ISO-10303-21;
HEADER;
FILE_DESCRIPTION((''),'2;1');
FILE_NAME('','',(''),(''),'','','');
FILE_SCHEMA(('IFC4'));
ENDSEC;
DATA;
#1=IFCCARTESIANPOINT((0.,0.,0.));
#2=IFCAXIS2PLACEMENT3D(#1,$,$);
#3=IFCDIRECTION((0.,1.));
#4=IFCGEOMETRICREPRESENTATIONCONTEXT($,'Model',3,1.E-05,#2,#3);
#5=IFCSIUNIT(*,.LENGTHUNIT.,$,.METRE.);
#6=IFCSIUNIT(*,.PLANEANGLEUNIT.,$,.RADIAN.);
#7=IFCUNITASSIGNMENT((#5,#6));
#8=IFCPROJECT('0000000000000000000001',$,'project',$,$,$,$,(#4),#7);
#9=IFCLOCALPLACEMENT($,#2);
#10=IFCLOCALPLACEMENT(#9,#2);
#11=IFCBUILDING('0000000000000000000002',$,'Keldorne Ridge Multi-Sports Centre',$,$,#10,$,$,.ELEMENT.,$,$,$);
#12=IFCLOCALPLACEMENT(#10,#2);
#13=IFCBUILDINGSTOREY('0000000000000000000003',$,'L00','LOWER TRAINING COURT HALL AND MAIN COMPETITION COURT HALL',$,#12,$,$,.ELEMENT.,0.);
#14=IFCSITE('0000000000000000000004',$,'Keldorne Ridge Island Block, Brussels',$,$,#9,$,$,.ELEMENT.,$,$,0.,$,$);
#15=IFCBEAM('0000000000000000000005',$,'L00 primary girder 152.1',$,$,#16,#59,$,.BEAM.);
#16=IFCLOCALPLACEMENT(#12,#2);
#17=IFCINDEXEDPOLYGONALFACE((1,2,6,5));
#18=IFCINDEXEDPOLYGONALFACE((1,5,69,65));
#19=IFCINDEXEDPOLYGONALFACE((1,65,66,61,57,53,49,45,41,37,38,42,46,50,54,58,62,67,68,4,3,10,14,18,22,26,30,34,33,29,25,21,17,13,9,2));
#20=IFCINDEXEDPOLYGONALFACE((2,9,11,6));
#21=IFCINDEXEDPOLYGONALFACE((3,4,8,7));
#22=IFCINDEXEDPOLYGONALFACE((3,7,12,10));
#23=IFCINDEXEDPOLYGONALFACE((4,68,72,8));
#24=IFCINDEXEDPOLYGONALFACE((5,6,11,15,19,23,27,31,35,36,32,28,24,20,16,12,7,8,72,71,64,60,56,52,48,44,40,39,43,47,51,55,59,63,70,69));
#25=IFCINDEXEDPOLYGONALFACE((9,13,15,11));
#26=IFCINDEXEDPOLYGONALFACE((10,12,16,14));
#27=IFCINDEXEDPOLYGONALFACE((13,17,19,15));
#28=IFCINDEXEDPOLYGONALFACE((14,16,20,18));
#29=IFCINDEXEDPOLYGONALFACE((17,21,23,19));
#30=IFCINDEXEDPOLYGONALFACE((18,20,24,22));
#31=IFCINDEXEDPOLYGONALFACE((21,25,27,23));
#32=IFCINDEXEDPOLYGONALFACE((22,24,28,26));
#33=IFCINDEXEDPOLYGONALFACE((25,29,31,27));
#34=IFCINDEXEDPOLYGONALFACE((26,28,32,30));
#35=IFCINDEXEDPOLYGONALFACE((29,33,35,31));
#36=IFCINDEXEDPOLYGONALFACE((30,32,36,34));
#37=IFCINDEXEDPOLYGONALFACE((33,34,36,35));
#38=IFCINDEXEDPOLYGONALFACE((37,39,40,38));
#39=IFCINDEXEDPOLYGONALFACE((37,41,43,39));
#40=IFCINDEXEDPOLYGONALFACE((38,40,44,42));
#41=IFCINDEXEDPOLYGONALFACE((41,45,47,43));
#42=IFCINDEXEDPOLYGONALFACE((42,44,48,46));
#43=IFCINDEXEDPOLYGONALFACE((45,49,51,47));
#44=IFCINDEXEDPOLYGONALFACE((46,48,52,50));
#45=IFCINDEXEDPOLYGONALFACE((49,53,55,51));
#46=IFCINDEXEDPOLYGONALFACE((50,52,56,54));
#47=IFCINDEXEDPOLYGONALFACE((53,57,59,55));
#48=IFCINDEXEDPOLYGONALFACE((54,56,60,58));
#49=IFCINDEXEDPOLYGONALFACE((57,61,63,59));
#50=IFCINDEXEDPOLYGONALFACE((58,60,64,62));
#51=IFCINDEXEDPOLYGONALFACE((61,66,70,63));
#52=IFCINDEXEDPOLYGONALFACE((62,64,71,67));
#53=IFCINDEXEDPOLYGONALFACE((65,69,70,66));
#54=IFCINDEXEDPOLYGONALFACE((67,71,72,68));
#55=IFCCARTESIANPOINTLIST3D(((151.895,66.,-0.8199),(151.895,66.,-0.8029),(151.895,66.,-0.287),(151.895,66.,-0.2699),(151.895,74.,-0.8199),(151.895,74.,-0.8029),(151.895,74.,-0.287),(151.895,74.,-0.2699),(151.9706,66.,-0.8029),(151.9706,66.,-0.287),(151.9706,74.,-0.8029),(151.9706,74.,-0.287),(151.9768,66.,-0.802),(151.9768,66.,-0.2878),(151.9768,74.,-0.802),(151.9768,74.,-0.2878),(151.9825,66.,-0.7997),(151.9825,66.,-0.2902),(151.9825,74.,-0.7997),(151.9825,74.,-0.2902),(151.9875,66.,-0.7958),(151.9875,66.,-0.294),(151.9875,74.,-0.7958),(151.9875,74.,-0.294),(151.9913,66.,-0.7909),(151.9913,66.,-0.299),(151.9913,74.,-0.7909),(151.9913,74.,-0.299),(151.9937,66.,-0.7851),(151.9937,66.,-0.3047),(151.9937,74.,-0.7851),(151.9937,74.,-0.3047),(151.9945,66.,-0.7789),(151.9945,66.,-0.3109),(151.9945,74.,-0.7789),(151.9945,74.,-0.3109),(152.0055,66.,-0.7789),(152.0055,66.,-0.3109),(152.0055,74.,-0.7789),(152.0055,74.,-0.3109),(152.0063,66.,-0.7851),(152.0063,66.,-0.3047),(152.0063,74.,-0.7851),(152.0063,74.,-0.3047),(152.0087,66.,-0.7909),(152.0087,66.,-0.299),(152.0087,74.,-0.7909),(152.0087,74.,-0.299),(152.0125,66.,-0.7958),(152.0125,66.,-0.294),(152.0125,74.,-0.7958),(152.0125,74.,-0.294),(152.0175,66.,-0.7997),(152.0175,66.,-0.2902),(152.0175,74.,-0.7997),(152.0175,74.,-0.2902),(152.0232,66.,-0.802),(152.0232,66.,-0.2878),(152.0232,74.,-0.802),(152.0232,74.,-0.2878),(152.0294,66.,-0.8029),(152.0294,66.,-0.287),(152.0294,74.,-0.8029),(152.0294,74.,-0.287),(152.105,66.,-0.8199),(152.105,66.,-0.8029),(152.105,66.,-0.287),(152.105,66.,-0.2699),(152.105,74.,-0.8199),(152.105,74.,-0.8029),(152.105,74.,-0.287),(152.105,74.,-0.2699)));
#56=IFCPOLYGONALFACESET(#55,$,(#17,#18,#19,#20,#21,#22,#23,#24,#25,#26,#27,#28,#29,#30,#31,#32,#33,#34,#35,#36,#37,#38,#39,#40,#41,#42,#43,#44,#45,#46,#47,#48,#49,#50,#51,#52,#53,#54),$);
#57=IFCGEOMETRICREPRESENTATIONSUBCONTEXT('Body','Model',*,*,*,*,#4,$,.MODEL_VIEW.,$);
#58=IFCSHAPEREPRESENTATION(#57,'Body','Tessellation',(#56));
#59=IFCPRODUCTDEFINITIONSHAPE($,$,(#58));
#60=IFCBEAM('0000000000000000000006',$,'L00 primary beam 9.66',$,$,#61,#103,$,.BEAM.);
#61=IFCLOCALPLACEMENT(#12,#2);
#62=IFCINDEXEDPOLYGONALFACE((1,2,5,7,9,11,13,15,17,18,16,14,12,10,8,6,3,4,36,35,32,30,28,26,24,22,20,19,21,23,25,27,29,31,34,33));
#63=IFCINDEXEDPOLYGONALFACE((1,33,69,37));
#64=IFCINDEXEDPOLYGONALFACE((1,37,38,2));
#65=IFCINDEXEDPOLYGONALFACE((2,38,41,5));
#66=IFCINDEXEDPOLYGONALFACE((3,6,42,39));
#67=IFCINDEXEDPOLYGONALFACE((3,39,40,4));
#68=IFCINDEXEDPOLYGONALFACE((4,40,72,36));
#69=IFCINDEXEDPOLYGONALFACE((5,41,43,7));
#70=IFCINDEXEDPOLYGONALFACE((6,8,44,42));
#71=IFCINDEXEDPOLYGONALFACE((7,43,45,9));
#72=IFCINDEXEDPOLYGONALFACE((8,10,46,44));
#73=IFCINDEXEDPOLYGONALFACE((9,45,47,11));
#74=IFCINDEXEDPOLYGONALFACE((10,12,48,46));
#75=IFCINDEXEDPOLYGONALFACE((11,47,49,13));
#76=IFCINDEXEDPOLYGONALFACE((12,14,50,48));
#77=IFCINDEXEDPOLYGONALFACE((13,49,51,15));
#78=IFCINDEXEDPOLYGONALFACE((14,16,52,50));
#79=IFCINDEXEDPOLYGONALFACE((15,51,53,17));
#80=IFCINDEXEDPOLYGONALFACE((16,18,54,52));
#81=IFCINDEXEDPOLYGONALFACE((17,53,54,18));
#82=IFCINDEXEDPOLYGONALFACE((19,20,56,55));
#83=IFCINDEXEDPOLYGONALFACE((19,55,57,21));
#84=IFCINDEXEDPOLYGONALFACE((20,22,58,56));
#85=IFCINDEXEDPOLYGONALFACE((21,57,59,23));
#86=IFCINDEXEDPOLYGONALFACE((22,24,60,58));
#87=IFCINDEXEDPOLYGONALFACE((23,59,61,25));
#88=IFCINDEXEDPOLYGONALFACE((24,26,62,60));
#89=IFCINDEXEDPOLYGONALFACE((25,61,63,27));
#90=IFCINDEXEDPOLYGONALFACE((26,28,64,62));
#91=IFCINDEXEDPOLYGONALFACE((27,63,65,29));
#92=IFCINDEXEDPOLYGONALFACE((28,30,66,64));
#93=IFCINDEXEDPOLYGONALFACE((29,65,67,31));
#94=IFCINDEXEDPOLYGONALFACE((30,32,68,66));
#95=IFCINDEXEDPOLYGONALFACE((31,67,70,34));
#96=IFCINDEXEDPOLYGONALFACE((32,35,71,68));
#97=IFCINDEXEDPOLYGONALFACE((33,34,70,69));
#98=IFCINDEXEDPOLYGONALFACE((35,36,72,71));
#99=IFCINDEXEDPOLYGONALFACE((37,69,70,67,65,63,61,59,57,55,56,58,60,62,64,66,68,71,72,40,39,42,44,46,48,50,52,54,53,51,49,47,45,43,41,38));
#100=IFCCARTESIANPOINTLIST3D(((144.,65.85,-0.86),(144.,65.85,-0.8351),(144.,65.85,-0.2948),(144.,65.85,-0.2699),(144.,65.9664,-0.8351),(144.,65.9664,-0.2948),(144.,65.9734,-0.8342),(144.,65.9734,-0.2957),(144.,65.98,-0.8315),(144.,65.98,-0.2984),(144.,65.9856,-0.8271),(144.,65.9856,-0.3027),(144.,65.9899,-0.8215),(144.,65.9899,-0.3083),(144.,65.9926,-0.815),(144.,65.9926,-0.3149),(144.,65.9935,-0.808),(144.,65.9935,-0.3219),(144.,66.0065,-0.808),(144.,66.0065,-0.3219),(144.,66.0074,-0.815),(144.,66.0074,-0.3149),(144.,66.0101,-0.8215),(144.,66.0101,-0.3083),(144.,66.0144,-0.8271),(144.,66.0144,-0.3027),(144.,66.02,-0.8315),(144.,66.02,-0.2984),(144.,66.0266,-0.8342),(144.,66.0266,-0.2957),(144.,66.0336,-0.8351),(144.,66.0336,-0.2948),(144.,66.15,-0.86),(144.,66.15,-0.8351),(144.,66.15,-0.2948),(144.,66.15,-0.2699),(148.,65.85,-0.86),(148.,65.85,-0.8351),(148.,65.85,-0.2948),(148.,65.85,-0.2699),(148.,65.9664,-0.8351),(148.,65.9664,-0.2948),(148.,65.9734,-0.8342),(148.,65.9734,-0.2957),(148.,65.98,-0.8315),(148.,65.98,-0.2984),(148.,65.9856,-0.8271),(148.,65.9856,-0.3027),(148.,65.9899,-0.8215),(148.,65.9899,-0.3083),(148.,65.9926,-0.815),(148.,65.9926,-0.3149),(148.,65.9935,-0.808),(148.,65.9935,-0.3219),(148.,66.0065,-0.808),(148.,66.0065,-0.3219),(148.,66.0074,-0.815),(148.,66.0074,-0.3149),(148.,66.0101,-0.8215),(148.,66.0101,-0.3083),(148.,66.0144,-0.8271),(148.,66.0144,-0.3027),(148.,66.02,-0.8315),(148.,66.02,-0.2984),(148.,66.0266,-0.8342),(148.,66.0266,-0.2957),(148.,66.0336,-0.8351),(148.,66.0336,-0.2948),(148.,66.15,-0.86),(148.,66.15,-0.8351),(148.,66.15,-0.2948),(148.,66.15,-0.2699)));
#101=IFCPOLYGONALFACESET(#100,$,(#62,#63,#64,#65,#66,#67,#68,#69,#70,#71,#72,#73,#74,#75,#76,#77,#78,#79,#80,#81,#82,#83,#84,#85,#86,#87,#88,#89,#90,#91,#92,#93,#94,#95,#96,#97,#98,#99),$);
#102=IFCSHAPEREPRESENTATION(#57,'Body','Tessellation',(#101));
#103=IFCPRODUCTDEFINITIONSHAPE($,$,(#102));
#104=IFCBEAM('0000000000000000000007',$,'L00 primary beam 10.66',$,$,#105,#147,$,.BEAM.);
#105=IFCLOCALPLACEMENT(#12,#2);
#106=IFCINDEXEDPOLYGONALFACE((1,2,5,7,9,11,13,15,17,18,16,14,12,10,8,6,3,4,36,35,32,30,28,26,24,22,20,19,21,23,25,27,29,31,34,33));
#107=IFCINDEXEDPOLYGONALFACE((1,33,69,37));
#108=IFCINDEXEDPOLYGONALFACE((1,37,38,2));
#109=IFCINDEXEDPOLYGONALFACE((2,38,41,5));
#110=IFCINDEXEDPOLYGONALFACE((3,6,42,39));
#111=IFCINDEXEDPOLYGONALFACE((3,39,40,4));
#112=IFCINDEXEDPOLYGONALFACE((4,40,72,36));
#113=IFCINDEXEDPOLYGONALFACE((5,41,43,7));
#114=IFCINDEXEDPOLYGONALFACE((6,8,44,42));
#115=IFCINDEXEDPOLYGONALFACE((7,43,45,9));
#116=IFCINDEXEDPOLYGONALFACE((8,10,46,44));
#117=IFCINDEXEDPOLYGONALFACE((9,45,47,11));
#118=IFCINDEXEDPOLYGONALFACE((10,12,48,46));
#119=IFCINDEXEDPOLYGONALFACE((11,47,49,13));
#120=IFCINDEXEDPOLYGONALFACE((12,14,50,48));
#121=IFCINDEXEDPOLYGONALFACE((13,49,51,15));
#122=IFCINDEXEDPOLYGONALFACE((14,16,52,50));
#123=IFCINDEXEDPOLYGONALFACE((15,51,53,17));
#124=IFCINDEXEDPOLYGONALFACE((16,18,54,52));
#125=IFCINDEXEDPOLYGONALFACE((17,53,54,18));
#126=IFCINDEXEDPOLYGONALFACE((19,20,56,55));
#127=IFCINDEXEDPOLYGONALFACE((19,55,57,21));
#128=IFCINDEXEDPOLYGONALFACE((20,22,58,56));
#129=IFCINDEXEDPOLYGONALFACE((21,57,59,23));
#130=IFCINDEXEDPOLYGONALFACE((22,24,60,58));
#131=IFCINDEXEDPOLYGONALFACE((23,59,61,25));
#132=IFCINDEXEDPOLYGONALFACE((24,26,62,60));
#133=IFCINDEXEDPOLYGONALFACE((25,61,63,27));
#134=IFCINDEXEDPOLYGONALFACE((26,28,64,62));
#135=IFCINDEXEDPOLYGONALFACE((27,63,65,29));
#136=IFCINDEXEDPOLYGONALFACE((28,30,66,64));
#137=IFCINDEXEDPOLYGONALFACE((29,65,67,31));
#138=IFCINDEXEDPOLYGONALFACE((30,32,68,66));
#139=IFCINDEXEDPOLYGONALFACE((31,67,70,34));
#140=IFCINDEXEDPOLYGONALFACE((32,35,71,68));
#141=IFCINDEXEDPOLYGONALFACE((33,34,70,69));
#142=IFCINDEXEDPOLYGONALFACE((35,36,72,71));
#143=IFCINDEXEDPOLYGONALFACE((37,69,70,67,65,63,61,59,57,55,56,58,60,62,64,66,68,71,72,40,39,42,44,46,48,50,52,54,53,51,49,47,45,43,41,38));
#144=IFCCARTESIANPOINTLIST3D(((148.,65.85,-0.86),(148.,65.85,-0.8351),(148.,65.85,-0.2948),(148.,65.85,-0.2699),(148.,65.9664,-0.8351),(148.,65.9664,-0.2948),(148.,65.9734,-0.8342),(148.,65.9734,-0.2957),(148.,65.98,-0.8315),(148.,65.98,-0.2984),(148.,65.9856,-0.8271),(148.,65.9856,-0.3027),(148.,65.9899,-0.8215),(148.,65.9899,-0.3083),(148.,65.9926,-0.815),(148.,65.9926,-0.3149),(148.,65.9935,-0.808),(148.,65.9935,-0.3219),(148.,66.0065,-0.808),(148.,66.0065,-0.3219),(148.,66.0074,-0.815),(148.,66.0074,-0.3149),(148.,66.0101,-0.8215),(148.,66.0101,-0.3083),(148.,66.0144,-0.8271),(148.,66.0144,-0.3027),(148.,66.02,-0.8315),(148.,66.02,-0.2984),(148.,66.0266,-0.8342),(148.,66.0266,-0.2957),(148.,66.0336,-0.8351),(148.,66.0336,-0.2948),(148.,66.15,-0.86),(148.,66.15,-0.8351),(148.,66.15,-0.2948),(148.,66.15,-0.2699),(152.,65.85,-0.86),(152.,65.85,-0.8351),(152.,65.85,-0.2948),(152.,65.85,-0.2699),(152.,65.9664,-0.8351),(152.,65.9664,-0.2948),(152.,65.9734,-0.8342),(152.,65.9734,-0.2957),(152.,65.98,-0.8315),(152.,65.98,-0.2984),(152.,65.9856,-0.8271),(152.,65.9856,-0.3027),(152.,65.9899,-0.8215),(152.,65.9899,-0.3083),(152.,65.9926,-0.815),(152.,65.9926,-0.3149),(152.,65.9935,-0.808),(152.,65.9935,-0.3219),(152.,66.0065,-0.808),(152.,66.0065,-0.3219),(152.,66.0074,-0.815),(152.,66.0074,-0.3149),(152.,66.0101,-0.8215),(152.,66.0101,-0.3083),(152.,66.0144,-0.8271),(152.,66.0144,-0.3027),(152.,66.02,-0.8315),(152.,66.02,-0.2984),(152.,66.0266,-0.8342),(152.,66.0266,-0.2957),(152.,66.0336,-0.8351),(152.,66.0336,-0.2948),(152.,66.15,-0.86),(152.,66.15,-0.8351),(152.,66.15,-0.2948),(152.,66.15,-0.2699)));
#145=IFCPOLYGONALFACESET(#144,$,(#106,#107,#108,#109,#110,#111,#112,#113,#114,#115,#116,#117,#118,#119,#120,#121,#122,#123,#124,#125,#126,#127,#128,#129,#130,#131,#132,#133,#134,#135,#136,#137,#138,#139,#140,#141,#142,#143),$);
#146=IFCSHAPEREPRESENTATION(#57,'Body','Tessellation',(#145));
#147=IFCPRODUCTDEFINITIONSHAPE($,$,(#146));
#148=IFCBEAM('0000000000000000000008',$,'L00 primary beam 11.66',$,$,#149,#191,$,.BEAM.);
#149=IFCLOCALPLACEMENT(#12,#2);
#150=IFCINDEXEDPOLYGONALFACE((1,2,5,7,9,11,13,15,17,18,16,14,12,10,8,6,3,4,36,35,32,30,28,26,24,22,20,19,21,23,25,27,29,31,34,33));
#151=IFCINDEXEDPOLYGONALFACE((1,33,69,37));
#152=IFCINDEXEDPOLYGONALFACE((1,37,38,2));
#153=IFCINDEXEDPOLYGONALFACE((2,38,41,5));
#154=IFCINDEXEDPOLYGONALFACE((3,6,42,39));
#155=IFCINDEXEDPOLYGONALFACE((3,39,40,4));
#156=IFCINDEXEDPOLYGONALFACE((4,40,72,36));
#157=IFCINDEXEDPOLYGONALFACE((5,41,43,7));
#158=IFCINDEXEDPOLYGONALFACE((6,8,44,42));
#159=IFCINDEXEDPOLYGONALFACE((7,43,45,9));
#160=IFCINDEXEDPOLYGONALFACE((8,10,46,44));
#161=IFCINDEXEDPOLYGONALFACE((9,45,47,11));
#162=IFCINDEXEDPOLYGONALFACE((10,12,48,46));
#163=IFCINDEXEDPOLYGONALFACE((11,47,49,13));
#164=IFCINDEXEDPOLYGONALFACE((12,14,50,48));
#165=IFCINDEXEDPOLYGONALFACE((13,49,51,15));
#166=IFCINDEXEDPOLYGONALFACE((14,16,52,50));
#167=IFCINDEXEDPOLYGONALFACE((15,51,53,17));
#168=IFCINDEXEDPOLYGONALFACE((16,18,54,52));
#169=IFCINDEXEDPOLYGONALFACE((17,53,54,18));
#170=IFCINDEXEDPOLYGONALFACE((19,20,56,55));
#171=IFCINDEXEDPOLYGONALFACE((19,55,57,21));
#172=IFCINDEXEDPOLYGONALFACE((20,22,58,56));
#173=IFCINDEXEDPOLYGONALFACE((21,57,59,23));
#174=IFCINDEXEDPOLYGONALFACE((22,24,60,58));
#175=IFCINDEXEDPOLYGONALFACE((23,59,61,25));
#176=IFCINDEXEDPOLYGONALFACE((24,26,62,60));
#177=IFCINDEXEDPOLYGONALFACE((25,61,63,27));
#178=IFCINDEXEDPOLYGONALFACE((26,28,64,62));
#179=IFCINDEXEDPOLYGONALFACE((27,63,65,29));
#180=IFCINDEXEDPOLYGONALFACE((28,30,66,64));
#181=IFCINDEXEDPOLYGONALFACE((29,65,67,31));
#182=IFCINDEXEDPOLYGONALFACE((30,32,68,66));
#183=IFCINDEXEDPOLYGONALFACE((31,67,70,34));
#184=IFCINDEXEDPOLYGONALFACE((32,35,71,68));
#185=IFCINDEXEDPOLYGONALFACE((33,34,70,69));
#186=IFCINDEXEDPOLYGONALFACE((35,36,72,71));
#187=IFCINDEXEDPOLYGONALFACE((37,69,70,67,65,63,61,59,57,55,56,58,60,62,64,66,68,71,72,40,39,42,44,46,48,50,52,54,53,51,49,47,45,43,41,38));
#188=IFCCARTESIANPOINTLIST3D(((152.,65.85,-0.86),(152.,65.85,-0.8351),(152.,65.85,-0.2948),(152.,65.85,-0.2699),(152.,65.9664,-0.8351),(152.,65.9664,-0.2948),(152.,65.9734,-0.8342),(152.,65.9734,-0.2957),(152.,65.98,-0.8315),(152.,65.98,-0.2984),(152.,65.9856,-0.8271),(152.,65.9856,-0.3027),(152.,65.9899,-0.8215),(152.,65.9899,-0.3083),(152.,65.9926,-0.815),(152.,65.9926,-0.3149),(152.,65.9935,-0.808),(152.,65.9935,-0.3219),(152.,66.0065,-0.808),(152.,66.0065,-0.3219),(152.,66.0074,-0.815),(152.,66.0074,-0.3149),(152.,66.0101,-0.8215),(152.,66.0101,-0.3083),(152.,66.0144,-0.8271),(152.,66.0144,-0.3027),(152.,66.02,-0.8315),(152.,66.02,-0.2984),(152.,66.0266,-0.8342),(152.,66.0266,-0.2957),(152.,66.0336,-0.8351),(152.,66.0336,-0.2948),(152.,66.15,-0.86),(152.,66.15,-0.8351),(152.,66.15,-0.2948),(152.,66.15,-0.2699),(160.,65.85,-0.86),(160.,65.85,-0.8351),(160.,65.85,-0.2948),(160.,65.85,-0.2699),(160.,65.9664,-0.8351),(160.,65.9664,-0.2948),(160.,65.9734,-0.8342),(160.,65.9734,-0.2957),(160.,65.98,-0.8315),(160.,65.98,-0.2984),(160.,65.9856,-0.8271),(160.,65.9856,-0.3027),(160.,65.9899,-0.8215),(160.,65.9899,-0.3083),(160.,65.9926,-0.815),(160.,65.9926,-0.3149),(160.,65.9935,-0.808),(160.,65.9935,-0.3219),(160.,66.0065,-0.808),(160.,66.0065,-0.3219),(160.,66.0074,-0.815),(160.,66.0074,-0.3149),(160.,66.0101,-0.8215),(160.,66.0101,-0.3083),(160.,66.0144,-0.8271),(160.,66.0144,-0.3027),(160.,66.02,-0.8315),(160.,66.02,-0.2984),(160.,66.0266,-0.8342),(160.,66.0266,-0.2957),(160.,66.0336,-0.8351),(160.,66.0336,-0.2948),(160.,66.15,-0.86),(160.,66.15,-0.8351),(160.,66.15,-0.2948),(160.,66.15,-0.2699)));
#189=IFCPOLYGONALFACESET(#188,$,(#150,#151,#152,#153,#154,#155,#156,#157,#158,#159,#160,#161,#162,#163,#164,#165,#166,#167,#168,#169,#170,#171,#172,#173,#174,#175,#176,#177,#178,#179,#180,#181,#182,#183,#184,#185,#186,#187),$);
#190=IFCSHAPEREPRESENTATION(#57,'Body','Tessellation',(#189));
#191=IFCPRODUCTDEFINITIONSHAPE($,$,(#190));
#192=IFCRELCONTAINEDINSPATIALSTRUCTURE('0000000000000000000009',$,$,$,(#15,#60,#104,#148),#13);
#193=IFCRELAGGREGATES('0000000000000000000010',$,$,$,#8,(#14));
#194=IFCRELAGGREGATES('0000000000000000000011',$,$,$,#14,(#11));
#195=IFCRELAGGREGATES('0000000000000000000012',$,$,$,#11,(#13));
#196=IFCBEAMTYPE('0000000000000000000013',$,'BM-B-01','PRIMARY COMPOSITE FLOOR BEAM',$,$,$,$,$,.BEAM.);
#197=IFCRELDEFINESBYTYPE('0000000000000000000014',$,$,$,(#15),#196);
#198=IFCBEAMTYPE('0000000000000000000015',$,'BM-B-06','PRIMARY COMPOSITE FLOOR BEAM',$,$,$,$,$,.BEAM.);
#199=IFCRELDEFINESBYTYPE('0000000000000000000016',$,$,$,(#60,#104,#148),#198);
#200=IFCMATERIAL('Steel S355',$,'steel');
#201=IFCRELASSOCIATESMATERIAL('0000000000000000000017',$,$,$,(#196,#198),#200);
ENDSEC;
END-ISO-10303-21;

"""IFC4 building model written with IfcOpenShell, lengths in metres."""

from ifc_helpers import new_model, si_unit, direction, frame, origin, origin_2d, place, context, subcontext, project, spatial, i_section, extrude, material, material_profile, profile_set, type_object, element, save


model = new_model("IFC4")

# Units and contexts
model_context = context("Model", 3, precision=1e-05, world=origin(), true_north=direction((0.0, 1.0)))
body_context = subcontext(model_context, "Body", "Model", "MODEL_VIEW")
ifc_project = project(units=[si_unit("LENGTHUNIT", "METRE"), si_unit("PLANEANGLEUNIT", "RADIAN")], contexts=[model_context])

# Site, building, storey
site_placement = place(None, origin())
site = spatial("IfcSite", under=ifc_project, at=site_placement, Name="Keldorne Ridge Island Block, Brussels", CompositionType="ELEMENT", RefElevation=0.0)
building_placement = place(site_placement, origin())
building = spatial("IfcBuilding", under=site, at=building_placement, Name="Keldorne Ridge Multi-Sports Centre", CompositionType="ELEMENT")
storey_placement = place(building_placement, origin())
storey = spatial("IfcBuildingStorey", under=building, at=storey_placement, Name="L00", Description="LOWER TRAINING COURT HALL AND MAIN COMPETITION COURT HALL", CompositionType="ELEMENT", Elevation=0.0)

# Shared definitions
ifc_material_1 = material(Name="Steel S355", Category="steel")

# Beams
ifc_material_profile_1 = material_profile(ifc_material_1, i_section(OverallWidth=0.21, OverallDepth=0.55, WebThickness=0.011, FlangeThickness=0.0171, FilletRadius=0.0239, at=origin_2d()), Name="IPE 550")
ifc_profile_set_1 = profile_set([ifc_material_profile_1], Name="Steel S355")
beam_type_1 = type_object("IfcBeamType", Name="BM-B-01", Description="PRIMARY COMPOSITE FLOOR BEAM", PredefinedType="BEAM", material=ifc_profile_set_1)
for number, where, z_axis, x_axis, name in (
    (1, (152.0, 66.0, -0.5449), (0.0, 1.0, 0.0), (-1.0, 0.0, 0.0), "L00 primary girder 152.1"),
):
    element("IfcBeam", number, at=place(storey_placement, frame(where, z_axis=z_axis, x_axis=x_axis)), inside=storey, type_object=beam_type_1, Name=name, PredefinedType="BEAM", context=body_context, shape_type="SweptSolid", body=[
        extrude(i_section(OverallWidth=0.21, OverallDepth=0.55, WebThickness=0.011, FlangeThickness=0.0171, FilletRadius=0.0239, at=origin_2d()), origin(), (0.0, 0.0, 1.0), 8.0),
    ])
ifc_material_profile_2 = material_profile(ifc_material_1, i_section(OverallWidth=0.3, OverallDepth=0.5901, WebThickness=0.0129, FlangeThickness=0.0249, FilletRadius=0.0271, at=origin_2d()), Name="HEA 600")
ifc_profile_set_2 = profile_set([ifc_material_profile_2], Name="Steel S355")
beam_type_2 = type_object("IfcBeamType", Name="BM-B-06", Description="PRIMARY COMPOSITE FLOOR BEAM", PredefinedType="BEAM", material=ifc_profile_set_2)
for number, where, z_axis, x_axis, name in (
    (2, (144.0, 66.0, -0.5649), (1.0, 0.0, 0.0), (0.0, 1.0, 0.0), "L00 primary beam 9.66"),
    (3, (148.0, 66.0, -0.5649), (1.0, 0.0, 0.0), (0.0, 1.0, 0.0), "L00 primary beam 10.66"),
):
    element("IfcBeam", number, at=place(storey_placement, frame(where, z_axis=z_axis, x_axis=x_axis)), inside=storey, type_object=beam_type_2, Name=name, PredefinedType="BEAM", context=body_context, shape_type="SweptSolid", body=[
        extrude(i_section(OverallWidth=0.3, OverallDepth=0.5901, WebThickness=0.0129, FlangeThickness=0.0249, FilletRadius=0.0271, at=origin_2d()), origin(), (0.0, 0.0, 1.0), 4.0),
    ])
beam_placement = place(storey_placement, frame((152.0, 66.0, -0.5649), z_axis=(1.0, 0.0, 0.0), x_axis=(0.0, 1.0, 0.0)))
element("IfcBeam", 4, at=beam_placement, inside=storey, type_object=beam_type_2, Name="L00 primary beam 11.66", PredefinedType="BEAM", context=body_context, shape_type="SweptSolid", body=[
    extrude(i_section(OverallWidth=0.3, OverallDepth=0.5901, WebThickness=0.0129, FlangeThickness=0.0249, FilletRadius=0.0271, at=origin_2d()), origin(), (0.0, 0.0, 1.0), 8.0),
])

save(model, "model.ifc")
